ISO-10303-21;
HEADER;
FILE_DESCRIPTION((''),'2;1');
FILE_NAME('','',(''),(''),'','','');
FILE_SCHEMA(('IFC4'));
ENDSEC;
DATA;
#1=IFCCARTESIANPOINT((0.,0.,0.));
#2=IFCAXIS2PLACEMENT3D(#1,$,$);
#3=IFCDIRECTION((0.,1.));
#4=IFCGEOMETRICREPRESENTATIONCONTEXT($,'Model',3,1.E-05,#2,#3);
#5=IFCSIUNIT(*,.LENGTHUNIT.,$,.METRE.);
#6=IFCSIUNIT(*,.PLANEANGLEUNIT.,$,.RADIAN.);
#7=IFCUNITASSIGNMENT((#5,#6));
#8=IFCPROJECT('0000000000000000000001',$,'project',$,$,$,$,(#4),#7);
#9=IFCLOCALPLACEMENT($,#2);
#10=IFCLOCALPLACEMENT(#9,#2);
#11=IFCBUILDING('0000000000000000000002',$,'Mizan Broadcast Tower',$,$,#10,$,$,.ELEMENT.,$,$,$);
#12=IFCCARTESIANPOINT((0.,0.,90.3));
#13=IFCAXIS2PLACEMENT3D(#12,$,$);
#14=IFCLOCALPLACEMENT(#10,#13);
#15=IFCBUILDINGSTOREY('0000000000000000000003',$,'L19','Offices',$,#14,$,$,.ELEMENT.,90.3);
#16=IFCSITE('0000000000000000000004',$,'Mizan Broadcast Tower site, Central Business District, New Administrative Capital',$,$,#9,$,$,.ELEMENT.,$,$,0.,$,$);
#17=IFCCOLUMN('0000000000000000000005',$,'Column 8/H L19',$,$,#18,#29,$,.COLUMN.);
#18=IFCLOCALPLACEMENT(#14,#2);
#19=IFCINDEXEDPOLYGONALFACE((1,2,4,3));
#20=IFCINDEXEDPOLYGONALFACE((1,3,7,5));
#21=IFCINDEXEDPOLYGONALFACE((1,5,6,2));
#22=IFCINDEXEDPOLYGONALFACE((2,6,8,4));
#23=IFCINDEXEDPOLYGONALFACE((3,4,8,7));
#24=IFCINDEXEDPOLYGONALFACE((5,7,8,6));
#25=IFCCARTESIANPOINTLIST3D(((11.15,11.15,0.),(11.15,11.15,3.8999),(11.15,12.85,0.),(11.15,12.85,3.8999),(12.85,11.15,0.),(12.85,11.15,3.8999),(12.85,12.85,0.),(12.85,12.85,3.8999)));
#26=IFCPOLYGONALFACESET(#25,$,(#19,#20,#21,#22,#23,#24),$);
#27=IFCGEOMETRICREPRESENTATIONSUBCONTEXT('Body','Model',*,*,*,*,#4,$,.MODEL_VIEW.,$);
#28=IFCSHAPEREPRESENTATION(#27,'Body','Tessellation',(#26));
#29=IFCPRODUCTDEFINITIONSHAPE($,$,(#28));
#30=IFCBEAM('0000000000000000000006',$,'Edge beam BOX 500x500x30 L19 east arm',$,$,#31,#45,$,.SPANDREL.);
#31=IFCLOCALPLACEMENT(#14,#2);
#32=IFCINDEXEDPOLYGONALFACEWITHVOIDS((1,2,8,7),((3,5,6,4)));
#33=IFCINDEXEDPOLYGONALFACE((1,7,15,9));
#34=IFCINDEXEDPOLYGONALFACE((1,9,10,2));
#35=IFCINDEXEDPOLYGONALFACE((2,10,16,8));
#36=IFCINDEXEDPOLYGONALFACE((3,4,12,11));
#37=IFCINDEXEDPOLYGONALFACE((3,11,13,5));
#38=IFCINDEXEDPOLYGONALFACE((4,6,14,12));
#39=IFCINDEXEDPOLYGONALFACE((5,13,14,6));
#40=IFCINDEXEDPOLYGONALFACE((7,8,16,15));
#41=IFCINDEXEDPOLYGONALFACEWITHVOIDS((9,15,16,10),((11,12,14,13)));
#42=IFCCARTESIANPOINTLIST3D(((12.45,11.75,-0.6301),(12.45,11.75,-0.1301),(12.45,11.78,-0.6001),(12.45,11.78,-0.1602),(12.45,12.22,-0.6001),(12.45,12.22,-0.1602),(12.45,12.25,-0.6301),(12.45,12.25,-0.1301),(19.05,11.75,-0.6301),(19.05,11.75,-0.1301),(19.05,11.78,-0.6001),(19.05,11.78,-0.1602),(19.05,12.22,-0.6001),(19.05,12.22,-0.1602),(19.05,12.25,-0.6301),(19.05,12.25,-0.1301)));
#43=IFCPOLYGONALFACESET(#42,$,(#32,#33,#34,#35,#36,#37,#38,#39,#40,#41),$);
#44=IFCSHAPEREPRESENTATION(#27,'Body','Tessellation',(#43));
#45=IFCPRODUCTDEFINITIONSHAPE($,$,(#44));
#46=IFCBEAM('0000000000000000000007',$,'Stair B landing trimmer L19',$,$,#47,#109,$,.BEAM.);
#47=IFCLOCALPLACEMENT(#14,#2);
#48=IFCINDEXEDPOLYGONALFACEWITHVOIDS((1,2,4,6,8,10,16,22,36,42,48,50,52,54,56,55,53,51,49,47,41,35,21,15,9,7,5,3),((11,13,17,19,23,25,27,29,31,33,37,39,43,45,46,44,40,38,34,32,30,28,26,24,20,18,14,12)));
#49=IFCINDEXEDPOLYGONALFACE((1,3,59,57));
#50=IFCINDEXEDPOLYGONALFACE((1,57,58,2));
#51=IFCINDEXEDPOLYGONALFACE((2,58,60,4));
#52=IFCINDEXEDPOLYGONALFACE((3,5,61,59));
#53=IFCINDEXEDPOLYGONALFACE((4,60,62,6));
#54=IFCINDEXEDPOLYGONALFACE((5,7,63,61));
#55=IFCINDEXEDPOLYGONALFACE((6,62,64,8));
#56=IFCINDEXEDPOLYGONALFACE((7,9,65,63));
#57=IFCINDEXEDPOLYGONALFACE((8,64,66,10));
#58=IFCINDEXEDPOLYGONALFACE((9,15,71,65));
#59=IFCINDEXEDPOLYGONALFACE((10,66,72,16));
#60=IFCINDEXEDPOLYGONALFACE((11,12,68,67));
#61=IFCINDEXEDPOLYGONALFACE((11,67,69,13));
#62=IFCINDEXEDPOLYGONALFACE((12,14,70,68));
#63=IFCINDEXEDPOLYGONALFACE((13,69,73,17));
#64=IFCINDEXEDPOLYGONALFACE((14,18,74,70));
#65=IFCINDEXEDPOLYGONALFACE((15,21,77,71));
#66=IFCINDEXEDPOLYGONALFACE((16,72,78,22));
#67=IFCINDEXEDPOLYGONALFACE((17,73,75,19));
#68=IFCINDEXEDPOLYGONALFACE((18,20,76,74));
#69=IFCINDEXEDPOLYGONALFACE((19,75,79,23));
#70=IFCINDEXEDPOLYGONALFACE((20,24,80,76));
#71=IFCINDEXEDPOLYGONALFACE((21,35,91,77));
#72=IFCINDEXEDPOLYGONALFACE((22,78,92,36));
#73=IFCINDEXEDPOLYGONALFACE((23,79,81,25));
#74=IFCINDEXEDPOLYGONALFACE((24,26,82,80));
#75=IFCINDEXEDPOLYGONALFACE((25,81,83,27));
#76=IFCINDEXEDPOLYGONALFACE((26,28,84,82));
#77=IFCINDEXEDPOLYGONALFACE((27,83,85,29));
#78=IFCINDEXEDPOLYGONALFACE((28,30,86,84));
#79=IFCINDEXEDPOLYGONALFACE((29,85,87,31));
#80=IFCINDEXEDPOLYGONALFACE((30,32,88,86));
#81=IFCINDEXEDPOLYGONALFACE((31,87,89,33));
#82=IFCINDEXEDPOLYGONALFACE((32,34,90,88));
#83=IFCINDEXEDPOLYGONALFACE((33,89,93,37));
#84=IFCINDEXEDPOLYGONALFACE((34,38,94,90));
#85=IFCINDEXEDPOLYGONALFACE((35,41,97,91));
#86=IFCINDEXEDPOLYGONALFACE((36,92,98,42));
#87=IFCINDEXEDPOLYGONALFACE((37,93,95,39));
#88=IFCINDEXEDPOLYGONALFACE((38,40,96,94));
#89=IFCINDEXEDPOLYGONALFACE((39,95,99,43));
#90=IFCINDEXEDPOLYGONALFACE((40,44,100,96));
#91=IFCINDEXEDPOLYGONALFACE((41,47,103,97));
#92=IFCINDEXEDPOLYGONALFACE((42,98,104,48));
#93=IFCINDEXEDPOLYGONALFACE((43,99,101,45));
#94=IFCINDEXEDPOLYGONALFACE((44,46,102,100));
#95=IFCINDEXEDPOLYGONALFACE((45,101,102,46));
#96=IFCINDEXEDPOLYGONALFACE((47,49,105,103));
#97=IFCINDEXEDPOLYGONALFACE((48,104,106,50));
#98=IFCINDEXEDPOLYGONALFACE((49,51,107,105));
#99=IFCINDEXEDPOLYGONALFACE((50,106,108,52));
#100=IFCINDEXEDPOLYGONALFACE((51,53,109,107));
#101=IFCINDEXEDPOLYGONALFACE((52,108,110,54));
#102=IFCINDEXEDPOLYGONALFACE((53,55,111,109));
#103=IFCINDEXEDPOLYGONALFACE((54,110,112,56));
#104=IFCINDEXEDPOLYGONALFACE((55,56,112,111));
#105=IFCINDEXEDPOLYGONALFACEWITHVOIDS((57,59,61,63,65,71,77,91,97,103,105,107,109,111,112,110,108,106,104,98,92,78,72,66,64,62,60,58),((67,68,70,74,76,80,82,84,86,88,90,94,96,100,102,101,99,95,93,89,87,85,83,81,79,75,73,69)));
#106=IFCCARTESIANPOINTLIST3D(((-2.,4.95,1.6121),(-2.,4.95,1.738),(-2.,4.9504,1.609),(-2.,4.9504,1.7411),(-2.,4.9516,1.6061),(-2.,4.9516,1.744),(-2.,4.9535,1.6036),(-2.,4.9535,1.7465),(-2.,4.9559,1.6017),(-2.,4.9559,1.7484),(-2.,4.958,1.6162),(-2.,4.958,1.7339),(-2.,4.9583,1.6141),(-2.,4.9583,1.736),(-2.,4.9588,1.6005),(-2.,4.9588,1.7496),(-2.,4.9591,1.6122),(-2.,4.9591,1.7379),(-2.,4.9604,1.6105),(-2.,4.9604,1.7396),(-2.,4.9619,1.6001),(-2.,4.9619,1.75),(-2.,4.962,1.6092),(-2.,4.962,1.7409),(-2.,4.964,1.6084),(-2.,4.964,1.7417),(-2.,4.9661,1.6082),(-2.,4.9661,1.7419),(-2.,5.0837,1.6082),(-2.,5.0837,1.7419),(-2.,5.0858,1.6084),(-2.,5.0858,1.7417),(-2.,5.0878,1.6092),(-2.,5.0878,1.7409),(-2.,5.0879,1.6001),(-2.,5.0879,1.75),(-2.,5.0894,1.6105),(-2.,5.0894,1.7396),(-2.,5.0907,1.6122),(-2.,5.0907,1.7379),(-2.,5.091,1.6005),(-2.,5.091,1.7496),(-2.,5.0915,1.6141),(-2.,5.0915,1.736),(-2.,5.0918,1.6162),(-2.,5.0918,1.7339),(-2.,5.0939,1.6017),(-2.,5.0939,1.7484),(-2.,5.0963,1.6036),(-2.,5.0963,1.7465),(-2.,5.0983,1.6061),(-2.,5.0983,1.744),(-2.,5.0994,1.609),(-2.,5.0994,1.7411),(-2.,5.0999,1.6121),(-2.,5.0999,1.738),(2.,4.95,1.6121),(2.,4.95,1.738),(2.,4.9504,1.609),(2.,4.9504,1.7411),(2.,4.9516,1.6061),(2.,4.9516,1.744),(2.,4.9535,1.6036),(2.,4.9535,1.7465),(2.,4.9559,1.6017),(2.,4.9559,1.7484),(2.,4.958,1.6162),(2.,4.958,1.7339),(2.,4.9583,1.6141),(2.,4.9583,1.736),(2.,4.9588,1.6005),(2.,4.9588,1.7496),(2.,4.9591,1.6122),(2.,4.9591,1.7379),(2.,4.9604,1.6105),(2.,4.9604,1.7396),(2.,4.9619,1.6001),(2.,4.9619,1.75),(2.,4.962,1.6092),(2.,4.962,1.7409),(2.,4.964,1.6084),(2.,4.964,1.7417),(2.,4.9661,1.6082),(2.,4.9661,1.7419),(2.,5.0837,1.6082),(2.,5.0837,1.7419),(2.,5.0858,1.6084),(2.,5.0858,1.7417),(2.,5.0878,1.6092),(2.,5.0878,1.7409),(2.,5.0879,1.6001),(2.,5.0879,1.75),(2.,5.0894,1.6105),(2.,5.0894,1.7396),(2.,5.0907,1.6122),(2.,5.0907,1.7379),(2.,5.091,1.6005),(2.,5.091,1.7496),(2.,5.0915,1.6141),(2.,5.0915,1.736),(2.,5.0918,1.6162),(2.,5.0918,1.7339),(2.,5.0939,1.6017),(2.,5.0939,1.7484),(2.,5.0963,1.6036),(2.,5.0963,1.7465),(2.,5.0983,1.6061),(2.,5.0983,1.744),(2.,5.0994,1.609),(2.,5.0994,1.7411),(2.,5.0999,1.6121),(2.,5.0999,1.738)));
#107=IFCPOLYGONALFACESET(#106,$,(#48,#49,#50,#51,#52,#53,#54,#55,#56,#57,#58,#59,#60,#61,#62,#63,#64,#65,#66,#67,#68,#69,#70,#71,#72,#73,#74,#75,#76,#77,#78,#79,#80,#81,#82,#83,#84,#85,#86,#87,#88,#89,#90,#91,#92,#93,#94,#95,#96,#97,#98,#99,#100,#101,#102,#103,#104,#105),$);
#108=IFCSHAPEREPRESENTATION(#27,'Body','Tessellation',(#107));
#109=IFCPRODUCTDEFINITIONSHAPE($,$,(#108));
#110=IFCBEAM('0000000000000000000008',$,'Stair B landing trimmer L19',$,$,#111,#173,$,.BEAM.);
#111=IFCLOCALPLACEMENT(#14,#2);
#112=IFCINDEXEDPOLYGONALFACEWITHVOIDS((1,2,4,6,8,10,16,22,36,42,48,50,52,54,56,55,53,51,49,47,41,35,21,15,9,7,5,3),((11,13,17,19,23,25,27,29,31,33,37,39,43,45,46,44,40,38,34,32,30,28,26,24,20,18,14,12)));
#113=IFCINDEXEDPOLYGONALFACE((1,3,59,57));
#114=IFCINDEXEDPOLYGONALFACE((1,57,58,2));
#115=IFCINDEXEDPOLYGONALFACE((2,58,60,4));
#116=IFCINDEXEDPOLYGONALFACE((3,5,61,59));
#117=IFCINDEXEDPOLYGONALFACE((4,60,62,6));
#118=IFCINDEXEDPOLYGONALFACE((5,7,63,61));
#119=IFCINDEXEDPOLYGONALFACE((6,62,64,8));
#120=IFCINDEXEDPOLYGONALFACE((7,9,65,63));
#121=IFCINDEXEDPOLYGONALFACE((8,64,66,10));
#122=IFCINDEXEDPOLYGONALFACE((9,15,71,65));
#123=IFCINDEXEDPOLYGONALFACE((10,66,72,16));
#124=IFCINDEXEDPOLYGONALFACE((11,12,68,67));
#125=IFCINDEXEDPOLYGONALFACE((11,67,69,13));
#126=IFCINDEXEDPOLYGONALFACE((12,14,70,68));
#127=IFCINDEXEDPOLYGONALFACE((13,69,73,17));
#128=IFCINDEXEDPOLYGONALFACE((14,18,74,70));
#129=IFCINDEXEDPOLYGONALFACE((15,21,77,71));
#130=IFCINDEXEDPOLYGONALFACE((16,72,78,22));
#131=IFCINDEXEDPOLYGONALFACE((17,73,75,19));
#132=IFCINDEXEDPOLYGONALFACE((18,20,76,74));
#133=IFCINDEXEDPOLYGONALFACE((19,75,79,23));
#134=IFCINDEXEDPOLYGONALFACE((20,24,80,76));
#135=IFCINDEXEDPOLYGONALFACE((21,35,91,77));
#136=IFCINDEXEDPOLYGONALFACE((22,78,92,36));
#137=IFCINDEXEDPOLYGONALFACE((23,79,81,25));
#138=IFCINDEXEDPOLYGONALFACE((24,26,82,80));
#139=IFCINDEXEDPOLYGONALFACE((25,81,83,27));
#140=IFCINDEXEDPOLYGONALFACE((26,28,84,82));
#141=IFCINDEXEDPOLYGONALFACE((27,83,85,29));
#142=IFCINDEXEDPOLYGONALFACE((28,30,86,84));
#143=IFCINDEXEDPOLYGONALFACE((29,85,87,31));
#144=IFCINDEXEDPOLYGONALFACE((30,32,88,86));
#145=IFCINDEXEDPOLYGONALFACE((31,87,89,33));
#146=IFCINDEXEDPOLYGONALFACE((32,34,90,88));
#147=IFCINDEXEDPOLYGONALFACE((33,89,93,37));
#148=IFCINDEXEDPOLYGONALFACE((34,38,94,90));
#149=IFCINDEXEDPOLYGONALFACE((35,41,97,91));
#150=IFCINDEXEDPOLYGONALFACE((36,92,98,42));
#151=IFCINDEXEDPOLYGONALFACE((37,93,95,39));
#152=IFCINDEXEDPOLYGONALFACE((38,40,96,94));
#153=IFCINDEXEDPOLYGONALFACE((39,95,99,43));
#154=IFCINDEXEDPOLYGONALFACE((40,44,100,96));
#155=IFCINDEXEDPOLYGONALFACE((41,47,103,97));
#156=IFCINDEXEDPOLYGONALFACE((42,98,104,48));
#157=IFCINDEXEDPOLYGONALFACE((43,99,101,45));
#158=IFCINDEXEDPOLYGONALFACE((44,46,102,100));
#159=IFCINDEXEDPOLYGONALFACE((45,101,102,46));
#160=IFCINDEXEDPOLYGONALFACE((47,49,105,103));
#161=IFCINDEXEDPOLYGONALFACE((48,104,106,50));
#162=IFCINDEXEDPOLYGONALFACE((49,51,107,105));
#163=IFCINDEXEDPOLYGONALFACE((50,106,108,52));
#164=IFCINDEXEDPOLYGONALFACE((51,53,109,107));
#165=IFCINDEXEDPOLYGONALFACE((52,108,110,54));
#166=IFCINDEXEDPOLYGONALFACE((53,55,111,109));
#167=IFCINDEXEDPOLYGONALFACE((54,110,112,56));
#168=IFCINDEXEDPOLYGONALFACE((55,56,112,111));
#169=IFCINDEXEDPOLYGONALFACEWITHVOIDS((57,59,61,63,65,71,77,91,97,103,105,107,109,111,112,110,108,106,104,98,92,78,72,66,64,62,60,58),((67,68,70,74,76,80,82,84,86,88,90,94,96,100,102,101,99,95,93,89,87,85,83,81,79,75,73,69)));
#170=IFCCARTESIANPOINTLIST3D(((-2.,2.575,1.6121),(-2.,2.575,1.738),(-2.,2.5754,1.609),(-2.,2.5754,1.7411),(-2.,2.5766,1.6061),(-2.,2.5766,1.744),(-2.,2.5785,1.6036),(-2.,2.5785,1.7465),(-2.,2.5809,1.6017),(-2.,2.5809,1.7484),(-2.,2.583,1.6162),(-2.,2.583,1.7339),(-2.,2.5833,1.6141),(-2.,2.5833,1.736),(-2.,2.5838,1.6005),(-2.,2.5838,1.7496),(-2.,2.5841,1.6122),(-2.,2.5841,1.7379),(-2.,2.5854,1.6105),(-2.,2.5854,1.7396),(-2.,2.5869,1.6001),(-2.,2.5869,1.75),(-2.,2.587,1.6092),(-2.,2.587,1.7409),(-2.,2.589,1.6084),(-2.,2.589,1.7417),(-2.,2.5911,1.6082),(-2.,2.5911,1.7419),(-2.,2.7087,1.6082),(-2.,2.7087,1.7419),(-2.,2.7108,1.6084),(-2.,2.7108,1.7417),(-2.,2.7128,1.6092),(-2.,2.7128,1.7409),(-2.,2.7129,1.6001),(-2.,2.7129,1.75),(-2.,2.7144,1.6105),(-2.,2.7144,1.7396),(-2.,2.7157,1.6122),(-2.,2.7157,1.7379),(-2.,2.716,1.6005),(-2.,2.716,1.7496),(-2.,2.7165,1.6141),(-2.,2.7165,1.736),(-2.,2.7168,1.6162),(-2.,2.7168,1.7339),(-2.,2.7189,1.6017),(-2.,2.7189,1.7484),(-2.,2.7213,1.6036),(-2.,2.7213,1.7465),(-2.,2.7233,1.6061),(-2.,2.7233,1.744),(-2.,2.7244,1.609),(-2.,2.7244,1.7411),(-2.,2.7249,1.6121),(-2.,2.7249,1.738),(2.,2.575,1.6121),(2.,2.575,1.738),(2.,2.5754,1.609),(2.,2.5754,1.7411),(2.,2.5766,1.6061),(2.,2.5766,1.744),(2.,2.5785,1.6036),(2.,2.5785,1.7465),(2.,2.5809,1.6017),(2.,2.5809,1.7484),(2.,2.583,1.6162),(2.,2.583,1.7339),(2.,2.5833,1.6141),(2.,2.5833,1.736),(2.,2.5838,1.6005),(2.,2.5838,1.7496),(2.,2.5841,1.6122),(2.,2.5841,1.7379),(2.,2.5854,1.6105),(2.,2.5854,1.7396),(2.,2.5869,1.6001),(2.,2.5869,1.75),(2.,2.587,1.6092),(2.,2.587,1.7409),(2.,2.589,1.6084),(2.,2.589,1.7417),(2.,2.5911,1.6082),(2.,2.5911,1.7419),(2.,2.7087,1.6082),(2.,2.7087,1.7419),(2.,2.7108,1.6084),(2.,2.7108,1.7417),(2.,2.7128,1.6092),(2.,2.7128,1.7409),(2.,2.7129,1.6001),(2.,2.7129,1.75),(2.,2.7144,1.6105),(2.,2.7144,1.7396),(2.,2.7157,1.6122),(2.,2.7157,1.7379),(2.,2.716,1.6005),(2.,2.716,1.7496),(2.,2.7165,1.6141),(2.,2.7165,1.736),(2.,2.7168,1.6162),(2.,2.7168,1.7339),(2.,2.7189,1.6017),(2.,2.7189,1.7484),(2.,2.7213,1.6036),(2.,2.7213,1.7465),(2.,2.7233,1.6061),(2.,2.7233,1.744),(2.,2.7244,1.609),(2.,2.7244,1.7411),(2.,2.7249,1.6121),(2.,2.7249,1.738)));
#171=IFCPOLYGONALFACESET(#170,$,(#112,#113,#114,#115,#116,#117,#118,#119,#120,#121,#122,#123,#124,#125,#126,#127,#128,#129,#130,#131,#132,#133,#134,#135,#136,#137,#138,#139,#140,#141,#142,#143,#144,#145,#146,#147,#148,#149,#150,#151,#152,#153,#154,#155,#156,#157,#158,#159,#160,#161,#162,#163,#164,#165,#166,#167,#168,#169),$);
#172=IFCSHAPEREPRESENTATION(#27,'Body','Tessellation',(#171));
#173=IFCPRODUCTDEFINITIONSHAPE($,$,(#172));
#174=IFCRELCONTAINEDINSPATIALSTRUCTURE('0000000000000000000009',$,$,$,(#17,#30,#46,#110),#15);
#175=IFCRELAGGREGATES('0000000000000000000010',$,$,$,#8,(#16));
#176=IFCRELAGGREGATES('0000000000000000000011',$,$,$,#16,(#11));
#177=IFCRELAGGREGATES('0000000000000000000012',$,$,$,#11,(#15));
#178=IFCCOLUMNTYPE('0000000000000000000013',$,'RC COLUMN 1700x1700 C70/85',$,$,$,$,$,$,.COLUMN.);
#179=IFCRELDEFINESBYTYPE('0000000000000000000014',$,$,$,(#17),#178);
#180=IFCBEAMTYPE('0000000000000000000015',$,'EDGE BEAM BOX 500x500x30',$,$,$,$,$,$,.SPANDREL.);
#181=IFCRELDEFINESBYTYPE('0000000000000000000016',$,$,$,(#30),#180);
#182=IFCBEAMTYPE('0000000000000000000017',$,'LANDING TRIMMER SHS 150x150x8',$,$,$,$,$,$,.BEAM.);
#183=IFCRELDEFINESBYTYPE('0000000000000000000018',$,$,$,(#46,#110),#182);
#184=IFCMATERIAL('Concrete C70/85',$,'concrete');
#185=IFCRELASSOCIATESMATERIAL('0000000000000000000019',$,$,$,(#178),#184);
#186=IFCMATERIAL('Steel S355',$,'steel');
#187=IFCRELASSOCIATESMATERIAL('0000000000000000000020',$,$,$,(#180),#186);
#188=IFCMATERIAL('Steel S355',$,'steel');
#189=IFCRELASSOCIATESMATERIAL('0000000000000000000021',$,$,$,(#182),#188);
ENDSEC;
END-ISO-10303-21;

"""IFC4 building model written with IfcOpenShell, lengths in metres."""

from ifc_helpers import new_model, si_unit, direction, frame, origin, origin_2d, place, context, subcontext, project, spatial, rectangle, hollow_rectangle, extrude, material, material_profile, profile_set, type_object, element, save


model = new_model("IFC4")

# Units and contexts
model_context = context("Model", 3, precision=1e-05, world=origin(), true_north=direction((0.0, 1.0)))
body_context = subcontext(model_context, "Body", "Model", "MODEL_VIEW")
ifc_project = project(units=[si_unit("LENGTHUNIT", "METRE"), si_unit("PLANEANGLEUNIT", "RADIAN")], contexts=[model_context])

# Site, building, storey
site_placement = place(None, origin())
site = spatial("IfcSite", under=ifc_project, at=site_placement, Name="Mizan Broadcast Tower site, Central Business District, New Administrative Capital", CompositionType="ELEMENT", RefElevation=0.0)
building_placement = place(site_placement, origin())
building = spatial("IfcBuilding", under=site, at=building_placement, Name="Mizan Broadcast Tower", CompositionType="ELEMENT")
storey_placement = place(building_placement, frame((0.0, 0.0, 90.3)))
storey = spatial("IfcBuildingStorey", under=building, at=storey_placement, Name="L19", Description="Offices", CompositionType="ELEMENT", Elevation=90.3)

# Column
ifc_material_1 = material(Name="Concrete C70/85", Category="concrete")
ifc_material_profile_1 = material_profile(ifc_material_1, rectangle(XDim=1.7, YDim=1.7, at=origin_2d()), Name="RC 1700x1700")
ifc_profile_set_1 = profile_set([ifc_material_profile_1], Name="Concrete C70/85")
column_type = type_object("IfcColumnType", Name="RC COLUMN 1700x1700 C70/85", PredefinedType="COLUMN", material=ifc_profile_set_1)
column_placement = place(storey_placement, frame((12.0, 12.0, 0.0), z_axis=(0.0, 0.0, 1.0), x_axis=(1.0, 0.0, 0.0)))
element("IfcColumn", 1, at=column_placement, inside=storey, type_object=column_type, Name="Column 8/H L19", PredefinedType="COLUMN", context=body_context, shape_type="SweptSolid", body=[
    extrude(rectangle(XDim=1.7, YDim=1.7, at=origin_2d()), origin(), (0.0, 0.0, 1.0), 3.8999),
])

# Beams
ifc_material_2 = material(Name="Steel S355", Category="steel")
ifc_material_profile_2 = material_profile(ifc_material_2, hollow_rectangle(XDim=0.5, YDim=0.5, WallThickness=0.03, at=origin_2d()), Name="BOX 500x500x30")
ifc_profile_set_2 = profile_set([ifc_material_profile_2], Name="Steel S355")
beam_type_1 = type_object("IfcBeamType", Name="EDGE BEAM BOX 500x500x30", PredefinedType="SPANDREL", material=ifc_profile_set_2)
beam_1_placement = place(storey_placement, frame((12.45, 12.0, -0.3801), z_axis=(1.0, 0.0, 0.0), x_axis=(0.0, 1.0, 0.0)))
element("IfcBeam", 2, at=beam_1_placement, inside=storey, type_object=beam_type_1, Name="Edge beam BOX 500x500x30 L19 east arm", PredefinedType="SPANDREL", context=body_context, shape_type="SweptSolid", body=[
    extrude(hollow_rectangle(XDim=0.5, YDim=0.5, WallThickness=0.03, at=origin_2d()), origin(), (0.0, 0.0, 1.0), 6.6001),
])
ifc_material_3 = material(Name="Steel S355", Category="steel")
ifc_material_profile_3 = material_profile(ifc_material_3, hollow_rectangle(XDim=0.1499, YDim=0.1499, WallThickness=0.0081, InnerFilletRadius=0.0081, OuterFilletRadius=0.012, at=origin_2d()), Name="SHS 150x150x8")
ifc_profile_set_3 = profile_set([ifc_material_profile_3], Name="Steel S355")
beam_type_2 = type_object("IfcBeamType", Name="LANDING TRIMMER SHS 150x150x8", PredefinedType="BEAM", material=ifc_profile_set_3)
for number, where, z_axis, x_axis, name in (
    (3, (2.0, 5.0249, 1.675), (-1.0, 0.0, 0.0), (0.0, -1.0, 0.0), "Stair B landing trimmer L19"),
    (4, (2.0, 2.6499, 1.675), (-1.0, 0.0, 0.0), (0.0, -1.0, 0.0), "Stair B landing trimmer L19"),
):
    element("IfcBeam", number, at=place(storey_placement, frame(where, z_axis=z_axis, x_axis=x_axis)), inside=storey, type_object=beam_type_2, Name=name, PredefinedType="BEAM", context=body_context, shape_type="SweptSolid", body=[
        extrude(hollow_rectangle(XDim=0.1499, YDim=0.1499, WallThickness=0.0081, InnerFilletRadius=0.0081, OuterFilletRadius=0.012, at=origin_2d()), origin(), (0.0, 0.0, 1.0), 4.0),
    ])

save(model, "model.ifc")
